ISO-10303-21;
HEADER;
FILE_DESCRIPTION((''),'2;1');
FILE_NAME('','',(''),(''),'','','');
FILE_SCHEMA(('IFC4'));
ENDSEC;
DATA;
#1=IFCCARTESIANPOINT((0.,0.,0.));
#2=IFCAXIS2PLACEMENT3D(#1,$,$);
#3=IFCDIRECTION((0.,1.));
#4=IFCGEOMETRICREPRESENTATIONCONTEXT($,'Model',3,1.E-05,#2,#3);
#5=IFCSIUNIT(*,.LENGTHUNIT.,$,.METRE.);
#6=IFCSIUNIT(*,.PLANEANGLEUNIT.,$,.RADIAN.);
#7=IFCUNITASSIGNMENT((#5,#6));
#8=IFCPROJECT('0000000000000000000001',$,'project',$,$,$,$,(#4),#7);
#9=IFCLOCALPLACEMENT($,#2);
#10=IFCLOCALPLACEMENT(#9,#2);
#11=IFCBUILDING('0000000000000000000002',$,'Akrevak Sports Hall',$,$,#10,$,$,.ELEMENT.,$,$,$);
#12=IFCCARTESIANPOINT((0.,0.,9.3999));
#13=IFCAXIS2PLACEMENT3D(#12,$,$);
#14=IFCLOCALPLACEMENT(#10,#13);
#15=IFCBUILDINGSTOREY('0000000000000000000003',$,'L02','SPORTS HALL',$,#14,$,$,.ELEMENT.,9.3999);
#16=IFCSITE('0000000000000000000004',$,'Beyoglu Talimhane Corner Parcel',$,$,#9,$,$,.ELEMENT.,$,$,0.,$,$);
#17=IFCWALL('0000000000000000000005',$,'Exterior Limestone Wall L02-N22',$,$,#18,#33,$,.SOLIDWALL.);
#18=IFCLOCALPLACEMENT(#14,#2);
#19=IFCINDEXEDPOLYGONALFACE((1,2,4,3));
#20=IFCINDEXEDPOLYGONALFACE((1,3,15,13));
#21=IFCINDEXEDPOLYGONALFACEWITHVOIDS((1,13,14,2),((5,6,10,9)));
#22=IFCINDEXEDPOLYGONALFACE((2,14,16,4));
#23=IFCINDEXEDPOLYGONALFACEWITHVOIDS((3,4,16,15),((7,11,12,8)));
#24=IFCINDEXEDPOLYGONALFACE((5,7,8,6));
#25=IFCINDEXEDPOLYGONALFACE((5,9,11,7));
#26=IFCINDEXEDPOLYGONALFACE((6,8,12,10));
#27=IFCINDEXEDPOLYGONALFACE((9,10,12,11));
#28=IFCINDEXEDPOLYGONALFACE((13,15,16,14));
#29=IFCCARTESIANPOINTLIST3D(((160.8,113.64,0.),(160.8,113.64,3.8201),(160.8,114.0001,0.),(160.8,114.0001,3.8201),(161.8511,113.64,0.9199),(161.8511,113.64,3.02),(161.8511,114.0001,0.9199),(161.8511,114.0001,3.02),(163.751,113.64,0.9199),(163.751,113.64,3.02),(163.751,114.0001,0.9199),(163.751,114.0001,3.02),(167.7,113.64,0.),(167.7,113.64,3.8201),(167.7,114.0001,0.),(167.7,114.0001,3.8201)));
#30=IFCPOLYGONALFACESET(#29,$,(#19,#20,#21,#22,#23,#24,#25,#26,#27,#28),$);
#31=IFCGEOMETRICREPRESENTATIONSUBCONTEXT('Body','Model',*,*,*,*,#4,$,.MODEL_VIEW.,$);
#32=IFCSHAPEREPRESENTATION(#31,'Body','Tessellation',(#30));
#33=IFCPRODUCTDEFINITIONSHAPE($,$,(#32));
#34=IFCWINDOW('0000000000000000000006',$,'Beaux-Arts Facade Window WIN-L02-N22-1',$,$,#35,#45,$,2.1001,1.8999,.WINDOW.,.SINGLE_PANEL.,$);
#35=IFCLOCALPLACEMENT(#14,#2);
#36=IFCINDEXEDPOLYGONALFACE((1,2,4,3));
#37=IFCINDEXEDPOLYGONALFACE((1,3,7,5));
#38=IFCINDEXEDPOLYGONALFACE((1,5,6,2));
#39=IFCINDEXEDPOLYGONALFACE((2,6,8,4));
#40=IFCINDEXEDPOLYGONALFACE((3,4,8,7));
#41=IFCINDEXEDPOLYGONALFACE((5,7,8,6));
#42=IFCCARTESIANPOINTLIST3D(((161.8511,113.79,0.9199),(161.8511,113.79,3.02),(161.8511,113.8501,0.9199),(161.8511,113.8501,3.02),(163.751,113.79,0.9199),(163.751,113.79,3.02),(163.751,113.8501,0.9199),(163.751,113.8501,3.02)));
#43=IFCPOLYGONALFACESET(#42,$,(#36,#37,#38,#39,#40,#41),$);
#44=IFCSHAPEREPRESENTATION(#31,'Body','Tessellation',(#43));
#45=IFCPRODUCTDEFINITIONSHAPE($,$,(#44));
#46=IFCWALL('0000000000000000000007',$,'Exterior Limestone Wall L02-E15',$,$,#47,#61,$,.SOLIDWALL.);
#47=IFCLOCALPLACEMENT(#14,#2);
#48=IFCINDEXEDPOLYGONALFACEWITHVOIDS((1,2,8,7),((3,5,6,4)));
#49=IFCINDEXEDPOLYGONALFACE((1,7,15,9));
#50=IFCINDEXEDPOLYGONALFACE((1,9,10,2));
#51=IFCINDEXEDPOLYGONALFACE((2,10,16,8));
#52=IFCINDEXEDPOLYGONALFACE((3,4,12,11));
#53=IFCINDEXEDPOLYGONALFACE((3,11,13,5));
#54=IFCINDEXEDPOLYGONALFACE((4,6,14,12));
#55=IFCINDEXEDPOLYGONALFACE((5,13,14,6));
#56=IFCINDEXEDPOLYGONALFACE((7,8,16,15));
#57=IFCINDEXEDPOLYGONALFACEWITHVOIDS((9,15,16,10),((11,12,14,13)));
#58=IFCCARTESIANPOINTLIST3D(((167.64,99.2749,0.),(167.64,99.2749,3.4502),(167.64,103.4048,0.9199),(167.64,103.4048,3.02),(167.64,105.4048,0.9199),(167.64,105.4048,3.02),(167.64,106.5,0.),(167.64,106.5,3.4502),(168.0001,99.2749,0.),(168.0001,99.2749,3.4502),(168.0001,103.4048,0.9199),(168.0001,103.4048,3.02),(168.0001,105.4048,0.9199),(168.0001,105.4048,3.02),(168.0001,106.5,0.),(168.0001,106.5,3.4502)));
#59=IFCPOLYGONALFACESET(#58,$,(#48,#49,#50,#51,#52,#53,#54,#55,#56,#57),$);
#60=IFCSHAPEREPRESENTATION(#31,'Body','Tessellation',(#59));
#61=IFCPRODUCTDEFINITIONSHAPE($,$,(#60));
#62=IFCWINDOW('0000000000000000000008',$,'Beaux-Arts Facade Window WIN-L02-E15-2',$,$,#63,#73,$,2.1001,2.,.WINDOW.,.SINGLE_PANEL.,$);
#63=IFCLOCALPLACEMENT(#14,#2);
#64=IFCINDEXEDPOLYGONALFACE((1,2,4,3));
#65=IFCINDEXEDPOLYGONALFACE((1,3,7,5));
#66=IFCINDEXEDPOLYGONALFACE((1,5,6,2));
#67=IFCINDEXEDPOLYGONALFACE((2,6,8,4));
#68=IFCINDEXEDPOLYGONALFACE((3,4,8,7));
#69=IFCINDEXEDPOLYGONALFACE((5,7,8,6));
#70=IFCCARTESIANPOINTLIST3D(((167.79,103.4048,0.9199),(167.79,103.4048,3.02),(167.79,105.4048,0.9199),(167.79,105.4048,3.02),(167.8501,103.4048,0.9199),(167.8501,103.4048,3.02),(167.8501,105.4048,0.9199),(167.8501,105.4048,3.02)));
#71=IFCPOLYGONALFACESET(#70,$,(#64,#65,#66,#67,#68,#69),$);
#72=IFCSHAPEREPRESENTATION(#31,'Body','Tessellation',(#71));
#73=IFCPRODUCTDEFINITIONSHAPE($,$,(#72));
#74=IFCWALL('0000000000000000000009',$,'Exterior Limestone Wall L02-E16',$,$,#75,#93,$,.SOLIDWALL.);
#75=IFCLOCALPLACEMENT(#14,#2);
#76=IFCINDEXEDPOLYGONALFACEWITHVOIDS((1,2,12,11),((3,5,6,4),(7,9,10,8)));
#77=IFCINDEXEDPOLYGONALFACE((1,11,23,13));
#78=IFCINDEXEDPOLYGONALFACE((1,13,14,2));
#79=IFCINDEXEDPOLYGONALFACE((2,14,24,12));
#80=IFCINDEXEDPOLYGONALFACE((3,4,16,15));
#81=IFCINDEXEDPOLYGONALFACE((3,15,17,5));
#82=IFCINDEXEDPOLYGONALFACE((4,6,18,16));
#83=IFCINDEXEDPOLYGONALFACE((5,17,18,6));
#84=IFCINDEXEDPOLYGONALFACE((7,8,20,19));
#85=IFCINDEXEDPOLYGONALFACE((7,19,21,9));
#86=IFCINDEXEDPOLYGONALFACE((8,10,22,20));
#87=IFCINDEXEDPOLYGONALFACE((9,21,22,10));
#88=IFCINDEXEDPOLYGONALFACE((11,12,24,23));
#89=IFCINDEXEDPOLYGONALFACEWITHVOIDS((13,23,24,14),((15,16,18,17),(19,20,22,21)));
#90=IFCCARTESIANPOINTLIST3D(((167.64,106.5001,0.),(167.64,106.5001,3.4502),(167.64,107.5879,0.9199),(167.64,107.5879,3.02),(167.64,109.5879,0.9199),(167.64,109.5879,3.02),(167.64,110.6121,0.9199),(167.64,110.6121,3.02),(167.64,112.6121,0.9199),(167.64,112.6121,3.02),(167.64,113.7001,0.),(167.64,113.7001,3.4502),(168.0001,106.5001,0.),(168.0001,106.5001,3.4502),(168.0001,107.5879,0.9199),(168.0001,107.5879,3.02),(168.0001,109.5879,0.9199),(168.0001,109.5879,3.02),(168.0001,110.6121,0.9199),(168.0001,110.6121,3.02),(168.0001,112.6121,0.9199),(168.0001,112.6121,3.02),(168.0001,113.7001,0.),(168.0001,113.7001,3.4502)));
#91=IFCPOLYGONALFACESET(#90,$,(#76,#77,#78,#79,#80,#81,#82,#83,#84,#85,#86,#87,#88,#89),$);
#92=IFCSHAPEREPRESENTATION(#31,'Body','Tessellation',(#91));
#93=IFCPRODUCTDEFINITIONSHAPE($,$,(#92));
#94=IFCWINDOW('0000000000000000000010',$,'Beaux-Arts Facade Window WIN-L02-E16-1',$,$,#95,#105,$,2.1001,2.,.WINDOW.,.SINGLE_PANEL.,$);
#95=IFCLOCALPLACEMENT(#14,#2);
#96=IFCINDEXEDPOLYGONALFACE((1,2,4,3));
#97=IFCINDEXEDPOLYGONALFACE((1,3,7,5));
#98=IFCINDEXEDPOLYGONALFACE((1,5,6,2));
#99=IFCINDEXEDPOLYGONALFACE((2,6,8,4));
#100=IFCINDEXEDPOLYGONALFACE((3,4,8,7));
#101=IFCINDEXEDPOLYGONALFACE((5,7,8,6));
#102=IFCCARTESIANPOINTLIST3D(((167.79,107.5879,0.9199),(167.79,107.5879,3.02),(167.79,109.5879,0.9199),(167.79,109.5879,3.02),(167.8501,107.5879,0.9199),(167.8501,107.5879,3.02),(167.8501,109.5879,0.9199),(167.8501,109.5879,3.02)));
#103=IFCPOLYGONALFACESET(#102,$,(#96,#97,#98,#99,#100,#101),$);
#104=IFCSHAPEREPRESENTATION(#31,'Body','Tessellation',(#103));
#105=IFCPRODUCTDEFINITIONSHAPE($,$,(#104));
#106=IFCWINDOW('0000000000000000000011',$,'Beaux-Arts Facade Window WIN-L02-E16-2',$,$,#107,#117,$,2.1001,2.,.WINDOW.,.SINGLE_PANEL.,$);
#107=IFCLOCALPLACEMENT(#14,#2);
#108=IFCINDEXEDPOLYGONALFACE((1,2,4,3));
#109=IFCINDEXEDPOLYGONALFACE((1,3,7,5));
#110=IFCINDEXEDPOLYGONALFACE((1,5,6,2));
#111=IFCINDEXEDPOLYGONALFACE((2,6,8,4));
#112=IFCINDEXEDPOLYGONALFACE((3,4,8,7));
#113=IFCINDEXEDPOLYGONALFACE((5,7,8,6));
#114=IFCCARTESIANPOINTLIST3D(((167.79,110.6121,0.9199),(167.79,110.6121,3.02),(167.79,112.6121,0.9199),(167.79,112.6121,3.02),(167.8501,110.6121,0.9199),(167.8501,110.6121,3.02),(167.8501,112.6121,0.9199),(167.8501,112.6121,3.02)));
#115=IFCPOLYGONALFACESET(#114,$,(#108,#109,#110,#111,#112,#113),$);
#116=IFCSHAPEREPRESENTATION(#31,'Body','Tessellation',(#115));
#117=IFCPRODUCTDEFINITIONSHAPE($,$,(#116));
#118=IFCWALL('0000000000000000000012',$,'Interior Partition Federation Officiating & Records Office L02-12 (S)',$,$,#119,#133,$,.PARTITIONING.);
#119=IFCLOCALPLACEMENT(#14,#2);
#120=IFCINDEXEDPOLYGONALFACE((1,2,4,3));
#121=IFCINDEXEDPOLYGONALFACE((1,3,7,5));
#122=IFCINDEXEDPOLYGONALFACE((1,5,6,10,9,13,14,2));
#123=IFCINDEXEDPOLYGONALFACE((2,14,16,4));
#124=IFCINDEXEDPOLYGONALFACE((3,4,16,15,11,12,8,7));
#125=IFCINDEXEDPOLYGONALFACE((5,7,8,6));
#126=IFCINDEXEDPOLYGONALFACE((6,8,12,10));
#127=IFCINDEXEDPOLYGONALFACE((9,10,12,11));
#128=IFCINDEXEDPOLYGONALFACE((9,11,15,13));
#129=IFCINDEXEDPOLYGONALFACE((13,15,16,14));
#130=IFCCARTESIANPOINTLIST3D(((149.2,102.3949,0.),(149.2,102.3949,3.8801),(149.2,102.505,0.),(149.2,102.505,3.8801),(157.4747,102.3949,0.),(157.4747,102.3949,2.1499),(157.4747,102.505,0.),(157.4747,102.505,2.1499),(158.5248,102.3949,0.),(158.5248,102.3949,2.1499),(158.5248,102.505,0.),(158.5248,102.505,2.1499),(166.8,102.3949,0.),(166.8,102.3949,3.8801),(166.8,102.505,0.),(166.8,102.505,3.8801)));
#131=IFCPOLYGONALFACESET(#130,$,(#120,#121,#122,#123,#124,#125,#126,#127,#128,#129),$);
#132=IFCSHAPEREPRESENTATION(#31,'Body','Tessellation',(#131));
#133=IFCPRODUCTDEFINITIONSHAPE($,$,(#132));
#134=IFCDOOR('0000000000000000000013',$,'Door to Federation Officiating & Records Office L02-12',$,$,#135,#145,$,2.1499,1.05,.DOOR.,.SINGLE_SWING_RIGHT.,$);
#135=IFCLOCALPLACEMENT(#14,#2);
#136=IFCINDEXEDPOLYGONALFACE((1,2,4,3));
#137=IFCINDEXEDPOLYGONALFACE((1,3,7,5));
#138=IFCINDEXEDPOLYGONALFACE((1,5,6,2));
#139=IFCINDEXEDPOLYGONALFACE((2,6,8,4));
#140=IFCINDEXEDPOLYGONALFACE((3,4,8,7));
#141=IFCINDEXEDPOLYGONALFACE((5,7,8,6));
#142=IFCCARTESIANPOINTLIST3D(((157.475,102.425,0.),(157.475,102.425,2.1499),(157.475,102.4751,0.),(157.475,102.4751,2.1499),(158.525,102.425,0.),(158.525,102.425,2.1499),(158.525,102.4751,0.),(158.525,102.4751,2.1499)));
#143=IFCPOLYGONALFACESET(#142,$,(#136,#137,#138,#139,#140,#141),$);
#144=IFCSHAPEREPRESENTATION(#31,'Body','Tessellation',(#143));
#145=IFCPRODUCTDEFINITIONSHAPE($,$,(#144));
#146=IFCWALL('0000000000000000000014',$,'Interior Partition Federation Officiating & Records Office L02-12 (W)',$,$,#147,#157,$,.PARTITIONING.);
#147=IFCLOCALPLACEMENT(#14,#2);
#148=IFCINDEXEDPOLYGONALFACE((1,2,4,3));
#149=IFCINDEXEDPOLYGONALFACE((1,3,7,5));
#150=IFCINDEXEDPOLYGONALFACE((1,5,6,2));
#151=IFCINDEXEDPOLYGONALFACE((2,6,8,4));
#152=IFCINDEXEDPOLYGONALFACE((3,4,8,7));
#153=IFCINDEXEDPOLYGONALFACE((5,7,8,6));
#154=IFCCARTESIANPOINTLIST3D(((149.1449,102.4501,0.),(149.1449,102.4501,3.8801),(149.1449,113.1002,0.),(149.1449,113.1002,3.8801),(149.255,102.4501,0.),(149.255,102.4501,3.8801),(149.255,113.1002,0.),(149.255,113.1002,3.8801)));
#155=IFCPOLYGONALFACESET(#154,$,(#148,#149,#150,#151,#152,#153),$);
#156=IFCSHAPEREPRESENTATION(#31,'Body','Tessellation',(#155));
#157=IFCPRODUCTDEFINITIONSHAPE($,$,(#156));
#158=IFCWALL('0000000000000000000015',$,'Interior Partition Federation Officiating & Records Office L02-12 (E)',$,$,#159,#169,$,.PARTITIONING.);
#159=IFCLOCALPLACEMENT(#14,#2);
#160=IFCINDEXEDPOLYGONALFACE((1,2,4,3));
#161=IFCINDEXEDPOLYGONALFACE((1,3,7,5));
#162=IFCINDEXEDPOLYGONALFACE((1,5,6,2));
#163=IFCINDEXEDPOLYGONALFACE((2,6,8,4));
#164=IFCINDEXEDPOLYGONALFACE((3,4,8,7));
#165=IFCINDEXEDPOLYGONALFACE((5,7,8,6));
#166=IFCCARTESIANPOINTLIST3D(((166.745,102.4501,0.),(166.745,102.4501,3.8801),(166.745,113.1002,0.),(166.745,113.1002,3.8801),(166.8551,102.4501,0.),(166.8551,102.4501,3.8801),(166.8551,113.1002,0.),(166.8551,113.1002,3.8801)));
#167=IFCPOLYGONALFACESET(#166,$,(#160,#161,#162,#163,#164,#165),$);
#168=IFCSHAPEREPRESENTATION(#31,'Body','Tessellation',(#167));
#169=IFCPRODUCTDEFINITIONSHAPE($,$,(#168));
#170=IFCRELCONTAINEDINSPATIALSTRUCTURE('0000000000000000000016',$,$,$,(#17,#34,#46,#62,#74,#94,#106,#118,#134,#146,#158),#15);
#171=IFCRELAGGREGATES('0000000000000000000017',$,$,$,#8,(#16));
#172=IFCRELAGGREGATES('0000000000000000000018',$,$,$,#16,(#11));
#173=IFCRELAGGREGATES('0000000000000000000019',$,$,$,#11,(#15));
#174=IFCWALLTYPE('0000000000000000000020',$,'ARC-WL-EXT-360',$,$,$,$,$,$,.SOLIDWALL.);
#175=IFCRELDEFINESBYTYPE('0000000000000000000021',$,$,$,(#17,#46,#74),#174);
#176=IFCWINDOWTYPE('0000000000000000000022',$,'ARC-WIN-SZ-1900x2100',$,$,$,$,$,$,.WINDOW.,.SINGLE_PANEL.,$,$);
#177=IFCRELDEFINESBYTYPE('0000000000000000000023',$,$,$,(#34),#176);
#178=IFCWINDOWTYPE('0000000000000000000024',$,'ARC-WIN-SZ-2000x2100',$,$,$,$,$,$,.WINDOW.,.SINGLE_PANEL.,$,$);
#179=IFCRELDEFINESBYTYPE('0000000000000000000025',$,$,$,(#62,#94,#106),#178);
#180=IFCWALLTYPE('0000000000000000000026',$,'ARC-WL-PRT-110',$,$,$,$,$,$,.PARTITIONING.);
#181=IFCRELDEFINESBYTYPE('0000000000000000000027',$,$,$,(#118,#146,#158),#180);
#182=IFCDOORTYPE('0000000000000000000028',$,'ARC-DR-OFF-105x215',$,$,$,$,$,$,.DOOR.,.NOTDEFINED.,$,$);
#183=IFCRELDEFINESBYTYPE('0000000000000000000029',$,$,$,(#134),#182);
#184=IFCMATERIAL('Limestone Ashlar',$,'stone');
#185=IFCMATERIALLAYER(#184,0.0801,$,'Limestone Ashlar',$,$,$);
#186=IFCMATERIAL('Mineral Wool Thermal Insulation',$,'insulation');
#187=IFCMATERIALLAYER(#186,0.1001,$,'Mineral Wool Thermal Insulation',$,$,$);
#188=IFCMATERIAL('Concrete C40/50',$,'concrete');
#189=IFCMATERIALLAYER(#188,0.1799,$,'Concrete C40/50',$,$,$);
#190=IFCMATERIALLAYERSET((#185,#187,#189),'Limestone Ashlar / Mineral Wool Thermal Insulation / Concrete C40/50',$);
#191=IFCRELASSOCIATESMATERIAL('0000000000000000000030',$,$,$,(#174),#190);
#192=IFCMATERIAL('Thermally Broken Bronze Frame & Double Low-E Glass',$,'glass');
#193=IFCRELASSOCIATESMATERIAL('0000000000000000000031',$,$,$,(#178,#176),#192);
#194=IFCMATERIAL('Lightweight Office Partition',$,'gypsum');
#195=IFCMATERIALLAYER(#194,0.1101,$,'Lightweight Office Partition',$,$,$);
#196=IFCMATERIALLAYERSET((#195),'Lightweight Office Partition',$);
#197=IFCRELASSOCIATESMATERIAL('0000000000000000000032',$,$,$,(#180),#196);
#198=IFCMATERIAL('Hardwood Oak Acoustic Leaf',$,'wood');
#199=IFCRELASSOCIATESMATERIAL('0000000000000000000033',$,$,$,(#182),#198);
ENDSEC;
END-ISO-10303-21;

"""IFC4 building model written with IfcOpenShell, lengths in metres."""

from ifc_helpers import new_model, si_unit, direction, frame, frame_2d, origin, place, context, subcontext, project, spatial, rectangle, extrude, material, layer, layer_set, type_object, element, fill, save


model = new_model("IFC4")

# Units and contexts
model_context = context("Model", 3, precision=1e-05, world=origin(), true_north=direction((0.0, 1.0)))
body_context = subcontext(model_context, "Body", "Model", "MODEL_VIEW")
ifc_project = project(units=[si_unit("LENGTHUNIT", "METRE"), si_unit("PLANEANGLEUNIT", "RADIAN")], contexts=[model_context])

# Site, building, storey
site_placement = place(None, origin())
site = spatial("IfcSite", under=ifc_project, at=site_placement, Name="Beyoglu Talimhane Corner Parcel", CompositionType="ELEMENT", RefElevation=0.0)
building_placement = place(site_placement, origin())
building = spatial("IfcBuilding", under=site, at=building_placement, Name="Akrevak Sports Hall", CompositionType="ELEMENT")
storey_placement = place(building_placement, frame((0.0, 0.0, 9.3999)))
storey = spatial("IfcBuildingStorey", under=building, at=storey_placement, Name="L02", Description="SPORTS HALL", CompositionType="ELEMENT", Elevation=9.3999)

# Shared definitions
ifc_material_1 = material(Name="Concrete C40/50", Category="concrete")

# Shared definitions
ifc_material_2 = material(Name="Limestone Ashlar", Category="stone")
ifc_layer_1 = layer(ifc_material_2, 0.0801, Name="Limestone Ashlar")
ifc_material_3 = material(Name="Mineral Wool Thermal Insulation", Category="insulation")
ifc_layer_2 = layer(ifc_material_3, 0.1001, Name="Mineral Wool Thermal Insulation")
ifc_layer_3 = layer(ifc_material_1, 0.1799, Name="Concrete C40/50")
ifc_layer_set_1 = layer_set([ifc_layer_1, ifc_layer_2, ifc_layer_3], Name="Limestone Ashlar / Mineral Wool Thermal Insulation / Concrete C40/50")
wall_type_1 = type_object("IfcWallType", Name="ARC-WL-EXT-360", PredefinedType="SOLIDWALL", material=ifc_layer_set_1)
ifc_material_4 = material(Name="Thermally Broken Bronze Frame & Double Low-E Glass", Category="glass")
window_type_1 = type_object("IfcWindowType", Name="ARC-WIN-SZ-2000x2100", PartitioningType="SINGLE_PANEL", PredefinedType="WINDOW", material=ifc_material_4)

# Walls, openings, windows
wall_1_placement = place(storey_placement, frame((167.7, 113.8201, 0.0), z_axis=(0.0, 0.0, 1.0), x_axis=(-1.0, 0.0, 0.0)))
wall_1 = element("IfcWall", 1, at=wall_1_placement, inside=storey, type_object=wall_type_1, Name="Exterior Limestone Wall L02-N22", PredefinedType="SOLIDWALL", context=body_context, shape_type="SweptSolid", body=[
    extrude(rectangle(XDim=6.8999, YDim=0.3601, at=frame_2d((3.45, 0.0))), origin(), (0.0, 0.0, 1.0), 3.8201),
])
opening_1_placement = place(wall_1_placement, frame((3.949, 0.0, 0.9199)))
opening_1 = element("IfcOpeningElement", 2, at=opening_1_placement, cuts=wall_1, PredefinedType="OPENING", context=body_context, shape_type="SweptSolid", body=[
    extrude(rectangle(XDim=1.8999, YDim=2.1001, at=frame_2d((0.95, 1.05))), frame((0.0, 0.1919, 0.0), z_axis=(0.0, -1.0, 0.0), x_axis=(1.0, 0.0, 0.0)), (0.0, 0.0, 1.0), 0.384),
])
window_type_2 = type_object("IfcWindowType", Name="ARC-WIN-SZ-1900x2100", PartitioningType="SINGLE_PANEL", PredefinedType="WINDOW", material=ifc_material_4)
window_1_placement = place(opening_1_placement, origin())
window_1 = element("IfcWindow", 3, at=window_1_placement, inside=storey, type_object=window_type_2, Name="Beaux-Arts Facade Window WIN-L02-N22-1", OverallHeight=2.1001, OverallWidth=1.8999, PartitioningType="SINGLE_PANEL", PredefinedType="WINDOW", context=body_context, shape_type="SweptSolid", body=[
    extrude(rectangle(XDim=1.8999, YDim=2.1001, at=frame_2d((0.95, 1.05))), frame((0.0, 0.03, 0.0), z_axis=(0.0, -1.0, 0.0), x_axis=(1.0, 0.0, 0.0)), (0.0, 0.0, 1.0), 0.0601),
])
fill(opening_1, window_1)
wall_2_placement = place(storey_placement, frame((167.8201, 99.2749, 0.0), z_axis=(0.0, 0.0, 1.0), x_axis=(0.0, 1.0, 0.0)))
wall_2 = element("IfcWall", 4, at=wall_2_placement, inside=storey, type_object=wall_type_1, Name="Exterior Limestone Wall L02-E15", PredefinedType="SOLIDWALL", context=body_context, shape_type="SweptSolid", body=[
    extrude(rectangle(XDim=7.2251, YDim=0.3601, at=frame_2d((3.6125, 0.0))), origin(), (0.0, 0.0, 1.0), 3.4502),
])
opening_2_placement = place(wall_2_placement, frame((4.1299, 0.0, 0.9199)))
opening_2 = element("IfcOpeningElement", 5, at=opening_2_placement, cuts=wall_2, PredefinedType="OPENING", context=body_context, shape_type="SweptSolid", body=[
    extrude(rectangle(XDim=2.0, YDim=2.1001, at=frame_2d((1.0, 1.05))), frame((0.0, 0.1919, 0.0), z_axis=(0.0, -1.0, 0.0), x_axis=(1.0, 0.0, 0.0)), (0.0, 0.0, 1.0), 0.384),
])
window_2_placement = place(opening_2_placement, origin())
window_2 = element("IfcWindow", 6, at=window_2_placement, inside=storey, type_object=window_type_1, Name="Beaux-Arts Facade Window WIN-L02-E15-2", OverallHeight=2.1001, OverallWidth=2.0, PartitioningType="SINGLE_PANEL", PredefinedType="WINDOW", context=body_context, shape_type="SweptSolid", body=[
    extrude(rectangle(XDim=2.0, YDim=2.1001, at=frame_2d((1.0, 1.05))), frame((0.0, 0.03, 0.0), z_axis=(0.0, -1.0, 0.0), x_axis=(1.0, 0.0, 0.0)), (0.0, 0.0, 1.0), 0.0601),
])
fill(opening_2, window_2)

# Wall, openings, windows
wall_3_placement = place(storey_placement, frame((167.8201, 106.5, 0.0), z_axis=(0.0, 0.0, 1.0), x_axis=(0.0, 1.0, 0.0)))
wall_3 = element("IfcWall", 7, at=wall_3_placement, inside=storey, type_object=wall_type_1, Name="Exterior Limestone Wall L02-E16", PredefinedType="SOLIDWALL", context=body_context, shape_type="SweptSolid", body=[
    extrude(rectangle(XDim=7.2, YDim=0.3601, at=frame_2d((3.6001, 0.0))), origin(), (0.0, 0.0, 1.0), 3.4502),
])
opening_3_placement = place(wall_3_placement, frame((1.0879, 0.0, 0.9199)))
opening_3 = element("IfcOpeningElement", 8, at=opening_3_placement, cuts=wall_3, PredefinedType="OPENING", context=body_context, shape_type="SweptSolid", body=[
    extrude(rectangle(XDim=2.0, YDim=2.1001, at=frame_2d((1.0, 1.05))), frame((0.0, 0.1919, 0.0), z_axis=(0.0, -1.0, 0.0), x_axis=(1.0, 0.0, 0.0)), (0.0, 0.0, 1.0), 0.384),
])
opening_4_placement = place(wall_3_placement, frame((4.1121, 0.0, 0.9199)))
opening_4 = element("IfcOpeningElement", 9, at=opening_4_placement, cuts=wall_3, PredefinedType="OPENING", context=body_context, shape_type="SweptSolid", body=[
    extrude(rectangle(XDim=2.0, YDim=2.1001, at=frame_2d((1.0, 1.05))), frame((0.0, 0.1919, 0.0), z_axis=(0.0, -1.0, 0.0), x_axis=(1.0, 0.0, 0.0)), (0.0, 0.0, 1.0), 0.384),
])
window_3_placement = place(opening_3_placement, origin())
window_3 = element("IfcWindow", 10, at=window_3_placement, inside=storey, type_object=window_type_1, Name="Beaux-Arts Facade Window WIN-L02-E16-1", OverallHeight=2.1001, OverallWidth=2.0, PartitioningType="SINGLE_PANEL", PredefinedType="WINDOW", context=body_context, shape_type="SweptSolid", body=[
    extrude(rectangle(XDim=2.0, YDim=2.1001, at=frame_2d((1.0, 1.05))), frame((0.0, 0.03, 0.0), z_axis=(0.0, -1.0, 0.0), x_axis=(1.0, 0.0, 0.0)), (0.0, 0.0, 1.0), 0.0601),
])
fill(opening_3, window_3)
window_4_placement = place(opening_4_placement, origin())
window_4 = element("IfcWindow", 11, at=window_4_placement, inside=storey, type_object=window_type_1, Name="Beaux-Arts Facade Window WIN-L02-E16-2", OverallHeight=2.1001, OverallWidth=2.0, PartitioningType="SINGLE_PANEL", PredefinedType="WINDOW", context=body_context, shape_type="SweptSolid", body=[
    extrude(rectangle(XDim=2.0, YDim=2.1001, at=frame_2d((1.0, 1.05))), frame((0.0, 0.03, 0.0), z_axis=(0.0, -1.0, 0.0), x_axis=(1.0, 0.0, 0.0)), (0.0, 0.0, 1.0), 0.0601),
])
fill(opening_4, window_4)

# Wall, opening, door
ifc_material_5 = material(Name="Lightweight Office Partition", Category="gypsum")
ifc_layer_4 = layer(ifc_material_5, 0.1101, Name="Lightweight Office Partition")
ifc_layer_set_2 = layer_set([ifc_layer_4], Name="Lightweight Office Partition")
wall_type_2 = type_object("IfcWallType", Name="ARC-WL-PRT-110", PredefinedType="PARTITIONING", material=ifc_layer_set_2)
wall_4_placement = place(storey_placement, frame((149.2, 102.45, 0.0), z_axis=(0.0, 0.0, 1.0), x_axis=(1.0, 0.0, 0.0)))
wall_4 = element("IfcWall", 12, at=wall_4_placement, inside=storey, type_object=wall_type_2, Name="Interior Partition Federation Officiating & Records Office L02-12 (S)", PredefinedType="PARTITIONING", context=body_context, shape_type="SweptSolid", body=[
    extrude(rectangle(XDim=17.6001, YDim=0.1101, at=frame_2d((8.8, 0.0))), origin(), (0.0, 0.0, 1.0), 3.8801),
])
opening_5_placement = place(wall_4_placement, frame((8.2749, 0.0, 0.0)))
opening_5 = element("IfcOpeningElement", 13, at=opening_5_placement, cuts=wall_4, PredefinedType="OPENING", context=body_context, shape_type="SweptSolid", body=[
    extrude(rectangle(XDim=1.05, YDim=2.1499, at=frame_2d((0.5249, 1.075))), frame((0.0, 0.0669, 0.0), z_axis=(0.0, -1.0, 0.0), x_axis=(1.0, 0.0, 0.0)), (0.0, 0.0, 1.0), 0.134),
])
ifc_material_6 = material(Name="Hardwood Oak Acoustic Leaf", Category="wood")
door_type = type_object("IfcDoorType", Name="ARC-DR-OFF-105x215", OperationType="NOTDEFINED", PredefinedType="DOOR", material=ifc_material_6)
door_placement = place(opening_5_placement, frame((1.05, 0.0, 0.0), z_axis=(0.0, 0.0, 1.0), x_axis=(-1.0, 0.0, 0.0)))
door = element("IfcDoor", 14, at=door_placement, inside=storey, type_object=door_type, Name="Door to Federation Officiating & Records Office L02-12", OperationType="SINGLE_SWING_RIGHT", OverallHeight=2.1499, OverallWidth=1.05, PredefinedType="DOOR", context=body_context, shape_type="SweptSolid", body=[
    extrude(rectangle(XDim=1.05, YDim=2.1499, at=frame_2d((0.5249, 1.075))), frame((0.0, 0.0249, 0.0), z_axis=(0.0, -1.0, 0.0), x_axis=(1.0, 0.0, 0.0)), (0.0, 0.0, 1.0), 0.05),
])
fill(opening_5, door)

# Walls
for number, where, z_axis, x_axis, name in (
    (15, (149.2, 102.45, 0.0), (0.0, 0.0, 1.0), (0.0, 1.0, 0.0), "Interior Partition Federation Officiating & Records Office L02-12 (W)"),
    (16, (166.8, 102.45, 0.0), (0.0, 0.0, 1.0), (0.0, 1.0, 0.0), "Interior Partition Federation Officiating & Records Office L02-12 (E)"),
):
    element("IfcWall", number, at=place(storey_placement, frame(where, z_axis=z_axis, x_axis=x_axis)), inside=storey, type_object=wall_type_2, Name=name, PredefinedType="PARTITIONING", context=body_context, shape_type="SweptSolid", body=[
        extrude(rectangle(XDim=10.6501, YDim=0.1101, at=frame_2d((5.3252, 0.0))), origin(), (0.0, 0.0, 1.0), 3.8801),
    ])

save(model, "model.ifc")
